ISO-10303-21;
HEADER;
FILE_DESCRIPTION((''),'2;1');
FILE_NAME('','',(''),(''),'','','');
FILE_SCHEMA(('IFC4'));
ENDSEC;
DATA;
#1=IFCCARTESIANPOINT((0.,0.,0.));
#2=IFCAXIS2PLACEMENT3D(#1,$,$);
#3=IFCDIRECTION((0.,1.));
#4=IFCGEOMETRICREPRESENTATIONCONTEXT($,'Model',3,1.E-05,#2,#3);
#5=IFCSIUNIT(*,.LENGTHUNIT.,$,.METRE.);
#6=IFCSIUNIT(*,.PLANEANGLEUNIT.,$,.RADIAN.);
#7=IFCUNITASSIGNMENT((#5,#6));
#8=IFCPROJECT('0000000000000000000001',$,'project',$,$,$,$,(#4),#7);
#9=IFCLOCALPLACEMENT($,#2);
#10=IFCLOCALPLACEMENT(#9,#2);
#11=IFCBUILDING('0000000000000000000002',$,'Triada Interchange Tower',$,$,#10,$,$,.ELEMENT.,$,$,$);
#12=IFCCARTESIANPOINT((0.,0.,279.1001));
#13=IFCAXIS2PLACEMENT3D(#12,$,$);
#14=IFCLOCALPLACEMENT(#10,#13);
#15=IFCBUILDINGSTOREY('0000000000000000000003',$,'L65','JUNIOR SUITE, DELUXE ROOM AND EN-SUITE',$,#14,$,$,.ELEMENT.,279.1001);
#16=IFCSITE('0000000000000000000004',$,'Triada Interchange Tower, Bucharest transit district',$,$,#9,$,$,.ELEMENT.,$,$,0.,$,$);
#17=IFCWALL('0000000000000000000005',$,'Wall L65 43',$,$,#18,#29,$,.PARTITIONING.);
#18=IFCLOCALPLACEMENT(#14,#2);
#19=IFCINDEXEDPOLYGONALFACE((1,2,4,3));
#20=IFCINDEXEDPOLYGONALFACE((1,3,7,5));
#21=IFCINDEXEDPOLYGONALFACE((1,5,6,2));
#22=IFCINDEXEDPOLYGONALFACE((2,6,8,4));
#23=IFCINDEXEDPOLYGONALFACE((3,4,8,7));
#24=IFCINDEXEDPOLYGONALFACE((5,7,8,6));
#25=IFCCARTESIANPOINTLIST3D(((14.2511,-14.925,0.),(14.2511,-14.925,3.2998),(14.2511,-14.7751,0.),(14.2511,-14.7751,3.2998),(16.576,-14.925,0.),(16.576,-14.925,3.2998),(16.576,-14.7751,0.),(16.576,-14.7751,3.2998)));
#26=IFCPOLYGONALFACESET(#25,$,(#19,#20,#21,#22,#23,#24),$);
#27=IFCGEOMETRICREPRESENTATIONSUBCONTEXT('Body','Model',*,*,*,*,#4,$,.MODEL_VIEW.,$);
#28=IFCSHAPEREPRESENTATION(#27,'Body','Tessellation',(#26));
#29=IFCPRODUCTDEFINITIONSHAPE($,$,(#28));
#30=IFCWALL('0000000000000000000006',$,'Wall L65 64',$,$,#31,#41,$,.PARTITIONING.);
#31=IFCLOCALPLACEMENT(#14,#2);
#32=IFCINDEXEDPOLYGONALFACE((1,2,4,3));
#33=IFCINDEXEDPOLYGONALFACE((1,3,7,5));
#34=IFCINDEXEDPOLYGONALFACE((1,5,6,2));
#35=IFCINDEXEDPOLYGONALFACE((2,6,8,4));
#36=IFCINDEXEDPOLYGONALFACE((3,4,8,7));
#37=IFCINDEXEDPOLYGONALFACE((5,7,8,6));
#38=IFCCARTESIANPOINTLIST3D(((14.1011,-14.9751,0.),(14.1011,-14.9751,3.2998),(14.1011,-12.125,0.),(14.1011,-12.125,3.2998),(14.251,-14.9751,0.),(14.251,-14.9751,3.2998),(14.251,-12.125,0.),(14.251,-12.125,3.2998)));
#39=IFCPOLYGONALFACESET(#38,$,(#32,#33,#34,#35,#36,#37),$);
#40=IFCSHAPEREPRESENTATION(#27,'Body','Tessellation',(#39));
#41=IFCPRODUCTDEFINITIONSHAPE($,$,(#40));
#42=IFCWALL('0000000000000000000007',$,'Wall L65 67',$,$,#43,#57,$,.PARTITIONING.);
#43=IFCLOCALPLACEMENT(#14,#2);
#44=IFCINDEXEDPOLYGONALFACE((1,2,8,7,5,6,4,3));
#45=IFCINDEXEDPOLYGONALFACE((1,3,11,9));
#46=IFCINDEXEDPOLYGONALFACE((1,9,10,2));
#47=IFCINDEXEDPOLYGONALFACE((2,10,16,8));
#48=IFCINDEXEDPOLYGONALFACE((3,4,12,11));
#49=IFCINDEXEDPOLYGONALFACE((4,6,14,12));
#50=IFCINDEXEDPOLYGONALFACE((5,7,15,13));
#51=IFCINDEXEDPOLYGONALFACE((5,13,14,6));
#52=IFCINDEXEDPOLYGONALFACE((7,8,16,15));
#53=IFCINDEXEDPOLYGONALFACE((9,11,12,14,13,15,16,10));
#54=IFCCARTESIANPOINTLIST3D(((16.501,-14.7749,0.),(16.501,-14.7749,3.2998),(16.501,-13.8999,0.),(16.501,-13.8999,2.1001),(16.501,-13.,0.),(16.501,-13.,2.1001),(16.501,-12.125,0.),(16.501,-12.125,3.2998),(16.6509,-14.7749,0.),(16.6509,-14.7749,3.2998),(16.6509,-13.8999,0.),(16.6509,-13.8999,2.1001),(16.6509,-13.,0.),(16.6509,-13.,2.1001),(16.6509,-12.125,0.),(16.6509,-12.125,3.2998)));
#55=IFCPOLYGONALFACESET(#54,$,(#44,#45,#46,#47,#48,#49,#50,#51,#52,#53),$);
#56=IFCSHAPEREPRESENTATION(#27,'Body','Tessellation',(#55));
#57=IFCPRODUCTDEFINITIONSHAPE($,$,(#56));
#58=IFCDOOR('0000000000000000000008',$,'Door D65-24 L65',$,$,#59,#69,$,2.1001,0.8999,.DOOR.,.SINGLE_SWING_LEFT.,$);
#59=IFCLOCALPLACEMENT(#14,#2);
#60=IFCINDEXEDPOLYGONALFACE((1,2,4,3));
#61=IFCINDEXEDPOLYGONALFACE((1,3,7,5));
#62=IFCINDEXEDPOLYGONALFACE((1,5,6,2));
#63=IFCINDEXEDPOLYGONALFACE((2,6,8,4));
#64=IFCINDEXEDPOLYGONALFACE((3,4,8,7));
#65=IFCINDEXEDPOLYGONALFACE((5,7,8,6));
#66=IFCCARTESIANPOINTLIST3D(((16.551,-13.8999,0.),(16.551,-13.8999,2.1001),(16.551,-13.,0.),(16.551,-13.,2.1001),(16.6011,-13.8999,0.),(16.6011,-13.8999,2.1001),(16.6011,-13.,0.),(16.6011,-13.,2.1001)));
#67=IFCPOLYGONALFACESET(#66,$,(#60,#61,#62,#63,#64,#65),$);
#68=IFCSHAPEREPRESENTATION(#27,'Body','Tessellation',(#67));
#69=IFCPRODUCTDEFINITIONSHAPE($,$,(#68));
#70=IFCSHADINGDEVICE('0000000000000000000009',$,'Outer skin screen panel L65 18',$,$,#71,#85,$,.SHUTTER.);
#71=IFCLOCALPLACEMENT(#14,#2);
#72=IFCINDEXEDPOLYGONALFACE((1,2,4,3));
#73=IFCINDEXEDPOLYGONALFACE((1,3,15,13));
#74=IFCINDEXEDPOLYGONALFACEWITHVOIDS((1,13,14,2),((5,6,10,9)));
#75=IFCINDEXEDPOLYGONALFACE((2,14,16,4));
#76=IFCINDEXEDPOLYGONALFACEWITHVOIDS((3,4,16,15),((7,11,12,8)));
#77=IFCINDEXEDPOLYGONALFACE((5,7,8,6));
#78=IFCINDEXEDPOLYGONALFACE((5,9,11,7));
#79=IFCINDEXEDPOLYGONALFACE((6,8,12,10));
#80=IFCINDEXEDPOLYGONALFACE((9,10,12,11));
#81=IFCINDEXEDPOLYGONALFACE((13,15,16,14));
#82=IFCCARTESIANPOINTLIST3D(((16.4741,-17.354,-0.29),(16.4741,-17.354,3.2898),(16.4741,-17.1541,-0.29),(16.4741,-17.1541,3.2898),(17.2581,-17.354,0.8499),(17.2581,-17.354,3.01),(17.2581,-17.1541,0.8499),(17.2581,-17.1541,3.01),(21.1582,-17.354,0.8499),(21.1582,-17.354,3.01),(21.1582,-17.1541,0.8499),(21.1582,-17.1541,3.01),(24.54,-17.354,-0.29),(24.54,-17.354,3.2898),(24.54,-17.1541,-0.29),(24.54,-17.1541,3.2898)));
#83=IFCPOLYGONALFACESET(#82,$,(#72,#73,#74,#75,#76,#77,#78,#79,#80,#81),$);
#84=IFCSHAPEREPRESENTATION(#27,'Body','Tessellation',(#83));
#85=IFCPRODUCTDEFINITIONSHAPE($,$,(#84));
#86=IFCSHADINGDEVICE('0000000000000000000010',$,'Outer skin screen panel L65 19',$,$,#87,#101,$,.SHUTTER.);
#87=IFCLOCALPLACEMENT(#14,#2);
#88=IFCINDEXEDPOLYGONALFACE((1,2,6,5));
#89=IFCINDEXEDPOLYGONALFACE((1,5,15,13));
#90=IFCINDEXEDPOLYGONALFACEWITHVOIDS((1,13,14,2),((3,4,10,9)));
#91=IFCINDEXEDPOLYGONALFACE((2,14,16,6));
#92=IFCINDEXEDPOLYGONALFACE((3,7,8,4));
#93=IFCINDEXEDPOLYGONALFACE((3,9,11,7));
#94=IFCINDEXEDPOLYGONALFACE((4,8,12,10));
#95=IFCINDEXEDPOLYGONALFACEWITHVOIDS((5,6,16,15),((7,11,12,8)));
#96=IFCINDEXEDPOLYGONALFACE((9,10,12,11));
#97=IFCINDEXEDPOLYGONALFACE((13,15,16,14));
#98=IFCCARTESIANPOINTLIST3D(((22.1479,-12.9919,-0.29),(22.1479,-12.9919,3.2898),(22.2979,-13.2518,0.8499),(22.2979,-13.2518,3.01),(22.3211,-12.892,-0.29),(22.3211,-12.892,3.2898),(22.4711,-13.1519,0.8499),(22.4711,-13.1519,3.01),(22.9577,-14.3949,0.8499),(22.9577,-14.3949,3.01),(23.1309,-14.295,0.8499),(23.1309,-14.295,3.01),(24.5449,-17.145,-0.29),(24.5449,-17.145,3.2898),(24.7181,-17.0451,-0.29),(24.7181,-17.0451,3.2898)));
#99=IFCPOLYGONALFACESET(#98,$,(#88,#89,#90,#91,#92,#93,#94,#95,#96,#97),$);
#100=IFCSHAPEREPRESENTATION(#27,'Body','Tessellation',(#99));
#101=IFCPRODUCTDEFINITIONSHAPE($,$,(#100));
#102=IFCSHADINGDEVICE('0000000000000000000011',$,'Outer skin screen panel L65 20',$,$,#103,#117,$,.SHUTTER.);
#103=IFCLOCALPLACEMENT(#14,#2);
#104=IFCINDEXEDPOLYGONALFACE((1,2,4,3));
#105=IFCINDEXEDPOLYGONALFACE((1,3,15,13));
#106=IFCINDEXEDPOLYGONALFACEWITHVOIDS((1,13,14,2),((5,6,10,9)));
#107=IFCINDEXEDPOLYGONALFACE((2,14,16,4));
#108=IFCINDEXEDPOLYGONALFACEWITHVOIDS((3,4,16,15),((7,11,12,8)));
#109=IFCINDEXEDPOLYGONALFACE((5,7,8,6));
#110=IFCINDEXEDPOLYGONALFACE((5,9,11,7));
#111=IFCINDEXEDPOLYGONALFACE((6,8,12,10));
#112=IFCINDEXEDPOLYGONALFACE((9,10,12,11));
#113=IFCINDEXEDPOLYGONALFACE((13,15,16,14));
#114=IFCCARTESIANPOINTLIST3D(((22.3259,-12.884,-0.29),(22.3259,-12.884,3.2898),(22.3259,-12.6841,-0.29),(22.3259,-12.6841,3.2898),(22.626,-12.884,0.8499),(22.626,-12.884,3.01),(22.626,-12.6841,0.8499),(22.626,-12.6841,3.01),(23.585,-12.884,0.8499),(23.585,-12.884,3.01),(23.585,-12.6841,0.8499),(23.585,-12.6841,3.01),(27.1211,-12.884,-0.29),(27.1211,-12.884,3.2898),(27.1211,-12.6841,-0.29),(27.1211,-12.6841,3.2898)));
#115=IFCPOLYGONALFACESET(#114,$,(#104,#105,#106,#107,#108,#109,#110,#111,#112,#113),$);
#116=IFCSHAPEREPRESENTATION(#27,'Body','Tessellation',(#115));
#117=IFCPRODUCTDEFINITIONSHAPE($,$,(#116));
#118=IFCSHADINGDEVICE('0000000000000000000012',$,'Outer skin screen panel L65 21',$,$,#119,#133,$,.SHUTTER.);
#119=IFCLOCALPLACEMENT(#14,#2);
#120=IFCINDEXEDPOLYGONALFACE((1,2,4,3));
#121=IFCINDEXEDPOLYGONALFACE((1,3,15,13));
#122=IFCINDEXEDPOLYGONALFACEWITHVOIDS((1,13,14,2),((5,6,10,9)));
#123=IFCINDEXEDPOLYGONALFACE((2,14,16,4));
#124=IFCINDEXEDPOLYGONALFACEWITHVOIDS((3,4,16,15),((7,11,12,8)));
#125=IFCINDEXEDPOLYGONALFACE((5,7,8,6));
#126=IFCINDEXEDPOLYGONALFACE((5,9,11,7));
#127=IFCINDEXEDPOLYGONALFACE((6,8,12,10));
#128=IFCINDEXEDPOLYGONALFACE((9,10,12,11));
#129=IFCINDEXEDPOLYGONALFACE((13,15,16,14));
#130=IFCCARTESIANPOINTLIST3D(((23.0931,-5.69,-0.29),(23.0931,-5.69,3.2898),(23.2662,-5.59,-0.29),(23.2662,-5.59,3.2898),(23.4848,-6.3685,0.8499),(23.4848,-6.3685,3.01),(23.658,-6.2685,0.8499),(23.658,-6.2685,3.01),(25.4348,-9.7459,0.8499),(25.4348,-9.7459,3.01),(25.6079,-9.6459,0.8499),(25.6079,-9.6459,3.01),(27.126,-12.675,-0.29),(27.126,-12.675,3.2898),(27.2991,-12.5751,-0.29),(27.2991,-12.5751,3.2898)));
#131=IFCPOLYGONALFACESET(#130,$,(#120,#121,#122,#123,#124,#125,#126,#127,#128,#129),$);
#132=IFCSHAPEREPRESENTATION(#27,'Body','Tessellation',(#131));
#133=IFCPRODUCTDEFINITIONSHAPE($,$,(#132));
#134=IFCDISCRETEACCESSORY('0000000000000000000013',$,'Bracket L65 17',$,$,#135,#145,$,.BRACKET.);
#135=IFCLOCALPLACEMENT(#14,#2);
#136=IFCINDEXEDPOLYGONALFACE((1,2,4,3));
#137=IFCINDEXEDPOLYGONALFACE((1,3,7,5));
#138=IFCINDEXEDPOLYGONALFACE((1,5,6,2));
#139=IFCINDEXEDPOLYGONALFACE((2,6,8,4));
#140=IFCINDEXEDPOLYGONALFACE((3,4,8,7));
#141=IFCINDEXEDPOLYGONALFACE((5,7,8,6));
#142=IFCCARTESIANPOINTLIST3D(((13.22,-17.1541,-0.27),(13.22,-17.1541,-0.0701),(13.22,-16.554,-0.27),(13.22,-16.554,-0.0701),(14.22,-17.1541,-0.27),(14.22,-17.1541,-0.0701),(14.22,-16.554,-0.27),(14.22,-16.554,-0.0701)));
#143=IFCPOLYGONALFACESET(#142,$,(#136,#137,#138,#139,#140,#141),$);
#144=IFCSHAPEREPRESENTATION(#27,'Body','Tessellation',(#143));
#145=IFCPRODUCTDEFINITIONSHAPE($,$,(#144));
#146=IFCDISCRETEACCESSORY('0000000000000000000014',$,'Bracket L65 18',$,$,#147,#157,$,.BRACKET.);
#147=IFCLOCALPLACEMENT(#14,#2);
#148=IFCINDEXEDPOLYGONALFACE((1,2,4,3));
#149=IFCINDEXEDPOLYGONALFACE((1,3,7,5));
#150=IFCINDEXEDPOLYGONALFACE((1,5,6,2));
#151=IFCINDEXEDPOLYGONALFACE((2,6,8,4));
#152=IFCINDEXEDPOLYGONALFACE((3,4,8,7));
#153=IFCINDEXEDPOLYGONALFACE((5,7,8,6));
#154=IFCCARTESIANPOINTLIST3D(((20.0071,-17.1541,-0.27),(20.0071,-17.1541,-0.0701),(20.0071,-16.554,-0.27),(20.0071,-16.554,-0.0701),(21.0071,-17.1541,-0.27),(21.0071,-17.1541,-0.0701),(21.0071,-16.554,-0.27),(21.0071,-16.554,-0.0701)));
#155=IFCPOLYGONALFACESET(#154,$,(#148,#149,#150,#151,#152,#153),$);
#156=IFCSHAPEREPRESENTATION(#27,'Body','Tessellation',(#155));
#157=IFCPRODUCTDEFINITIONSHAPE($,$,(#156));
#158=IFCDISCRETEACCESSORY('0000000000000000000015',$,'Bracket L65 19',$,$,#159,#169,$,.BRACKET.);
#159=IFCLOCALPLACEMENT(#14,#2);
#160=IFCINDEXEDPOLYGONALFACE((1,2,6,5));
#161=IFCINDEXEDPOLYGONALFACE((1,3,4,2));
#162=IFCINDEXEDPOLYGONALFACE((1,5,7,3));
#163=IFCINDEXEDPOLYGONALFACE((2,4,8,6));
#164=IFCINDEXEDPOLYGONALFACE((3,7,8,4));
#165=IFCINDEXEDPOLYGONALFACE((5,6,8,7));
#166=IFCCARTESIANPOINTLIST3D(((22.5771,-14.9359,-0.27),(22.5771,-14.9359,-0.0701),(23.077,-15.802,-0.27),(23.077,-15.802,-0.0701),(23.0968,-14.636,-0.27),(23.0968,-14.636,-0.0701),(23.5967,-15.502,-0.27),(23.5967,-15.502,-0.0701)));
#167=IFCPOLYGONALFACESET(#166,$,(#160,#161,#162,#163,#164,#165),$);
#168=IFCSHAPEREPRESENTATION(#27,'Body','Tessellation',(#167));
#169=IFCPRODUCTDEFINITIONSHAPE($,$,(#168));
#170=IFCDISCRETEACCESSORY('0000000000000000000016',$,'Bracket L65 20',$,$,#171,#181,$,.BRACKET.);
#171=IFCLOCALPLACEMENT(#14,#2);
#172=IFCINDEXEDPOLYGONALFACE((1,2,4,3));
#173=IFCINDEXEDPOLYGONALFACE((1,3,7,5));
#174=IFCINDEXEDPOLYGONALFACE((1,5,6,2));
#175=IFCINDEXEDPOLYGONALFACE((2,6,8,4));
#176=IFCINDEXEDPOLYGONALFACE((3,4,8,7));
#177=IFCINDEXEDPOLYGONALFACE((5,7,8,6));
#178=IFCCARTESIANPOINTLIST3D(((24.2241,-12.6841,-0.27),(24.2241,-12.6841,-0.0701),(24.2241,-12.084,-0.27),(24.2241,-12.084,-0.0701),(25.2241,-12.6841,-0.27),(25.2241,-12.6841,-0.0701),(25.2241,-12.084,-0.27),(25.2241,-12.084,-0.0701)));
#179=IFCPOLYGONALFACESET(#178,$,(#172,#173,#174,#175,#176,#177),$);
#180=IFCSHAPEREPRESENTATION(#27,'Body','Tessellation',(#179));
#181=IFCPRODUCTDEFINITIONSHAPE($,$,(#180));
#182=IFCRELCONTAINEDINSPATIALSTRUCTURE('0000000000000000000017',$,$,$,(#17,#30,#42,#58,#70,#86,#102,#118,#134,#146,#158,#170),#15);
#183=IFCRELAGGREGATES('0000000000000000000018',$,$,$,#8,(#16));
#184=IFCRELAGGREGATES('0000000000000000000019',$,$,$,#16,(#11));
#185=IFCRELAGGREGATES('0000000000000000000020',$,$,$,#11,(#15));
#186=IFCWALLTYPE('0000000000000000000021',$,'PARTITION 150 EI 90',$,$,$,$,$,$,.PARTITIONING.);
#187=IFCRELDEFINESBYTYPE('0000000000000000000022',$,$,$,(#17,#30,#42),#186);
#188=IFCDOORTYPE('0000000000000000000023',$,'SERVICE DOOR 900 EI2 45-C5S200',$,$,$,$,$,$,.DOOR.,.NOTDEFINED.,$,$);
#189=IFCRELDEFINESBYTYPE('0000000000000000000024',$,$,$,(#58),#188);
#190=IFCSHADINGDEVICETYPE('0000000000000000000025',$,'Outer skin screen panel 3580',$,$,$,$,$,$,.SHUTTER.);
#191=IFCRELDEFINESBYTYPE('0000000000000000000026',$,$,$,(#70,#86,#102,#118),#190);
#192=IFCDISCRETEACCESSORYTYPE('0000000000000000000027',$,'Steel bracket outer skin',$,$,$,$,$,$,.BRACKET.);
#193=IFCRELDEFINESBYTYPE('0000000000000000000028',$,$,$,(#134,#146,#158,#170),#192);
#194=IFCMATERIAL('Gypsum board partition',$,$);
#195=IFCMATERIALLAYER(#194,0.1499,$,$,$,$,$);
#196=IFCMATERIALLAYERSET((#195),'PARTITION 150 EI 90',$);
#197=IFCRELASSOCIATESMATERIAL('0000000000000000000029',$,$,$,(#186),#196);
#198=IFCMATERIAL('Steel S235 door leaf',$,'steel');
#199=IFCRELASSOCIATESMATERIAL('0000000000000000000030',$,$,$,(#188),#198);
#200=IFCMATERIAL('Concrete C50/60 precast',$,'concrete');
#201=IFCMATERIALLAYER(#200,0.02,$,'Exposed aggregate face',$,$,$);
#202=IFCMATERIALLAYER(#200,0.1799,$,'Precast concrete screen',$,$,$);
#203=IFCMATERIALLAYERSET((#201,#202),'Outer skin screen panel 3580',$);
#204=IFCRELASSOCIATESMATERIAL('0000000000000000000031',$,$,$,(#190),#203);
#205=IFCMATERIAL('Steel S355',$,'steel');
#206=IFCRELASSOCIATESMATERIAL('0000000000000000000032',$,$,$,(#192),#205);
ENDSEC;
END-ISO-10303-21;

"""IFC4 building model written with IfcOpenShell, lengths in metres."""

from ifc_helpers import new_model, si_unit, direction, frame, frame_2d, origin, origin_2d, place, context, subcontext, project, spatial, polyline, rectangle, outline, extrude, material, layer, layer_set, type_object, element, fill, save


model = new_model("IFC4")

# Units and contexts
model_context = context("Model", 3, precision=1e-05, world=origin(), true_north=direction((0.0, 1.0)))
body_context = subcontext(model_context, "Body", "Model", "MODEL_VIEW")
ifc_project = project(units=[si_unit("LENGTHUNIT", "METRE"), si_unit("PLANEANGLEUNIT", "RADIAN")], contexts=[model_context])

# Site, building, storey
site_placement = place(None, origin())
site = spatial("IfcSite", under=ifc_project, at=site_placement, Name="Triada Interchange Tower, Bucharest transit district", CompositionType="ELEMENT", RefElevation=0.0)
building_placement = place(site_placement, origin())
building = spatial("IfcBuilding", under=site, at=building_placement, Name="Triada Interchange Tower", CompositionType="ELEMENT")
storey_placement = place(building_placement, frame((0.0, 0.0, 279.1001)))
storey = spatial("IfcBuildingStorey", under=building, at=storey_placement, Name="L65", Description="JUNIOR SUITE, DELUXE ROOM AND EN-SUITE", CompositionType="ELEMENT", Elevation=279.1001)

# Walls
ifc_material_1 = material(Name="Gypsum board partition")
ifc_layer_1 = layer(ifc_material_1, 0.1499)
ifc_layer_set_1 = layer_set([ifc_layer_1], Name="PARTITION 150 EI 90")
wall_type_1 = type_object("IfcWallType", Name="PARTITION 150 EI 90", PredefinedType="PARTITIONING", material=ifc_layer_set_1)
wall_1_placement = place(storey_placement, frame((14.251, -14.8501, 0.0), z_axis=(0.0, 0.0, 1.0), x_axis=(1.0, 0.0, 0.0)))
element("IfcWall", 1, at=wall_1_placement, inside=storey, type_object=wall_type_1, Name="Wall L65 43", PredefinedType="PARTITIONING", context=body_context, shape_type="SweptSolid", body=[
    extrude(rectangle(XDim=2.325, YDim=0.1499, at=frame_2d((1.1626, 0.0))), origin(), (0.0, 0.0, 1.0), 3.2998),
])
wall_2_placement = place(storey_placement, frame((14.176, -14.9751, 0.0), z_axis=(0.0, 0.0, 1.0), x_axis=(0.0, 1.0, 0.0)))
element("IfcWall", 2, at=wall_2_placement, inside=storey, type_object=wall_type_1, Name="Wall L65 64", PredefinedType="PARTITIONING", context=body_context, shape_type="SweptSolid", body=[
    extrude(rectangle(XDim=2.8501, YDim=0.1499, at=frame_2d((1.425, 0.0))), origin(), (0.0, 0.0, 1.0), 3.2998),
])

# Wall, opening, door
wall_3_placement = place(storey_placement, frame((16.5759, -14.7749, 0.0), z_axis=(0.0, 0.0, 1.0), x_axis=(0.0, 1.0, 0.0)))
wall_3 = element("IfcWall", 3, at=wall_3_placement, inside=storey, type_object=wall_type_1, Name="Wall L65 67", PredefinedType="PARTITIONING", context=body_context, shape_type="SweptSolid", body=[
    extrude(rectangle(XDim=2.6499, YDim=0.1499, at=frame_2d((1.325, 0.0))), origin(), (0.0, 0.0, 1.0), 3.2998),
])
opening_1_placement = place(wall_3_placement, frame((0.875, 0.0, 0.0)))
opening_1 = element("IfcOpeningElement", 4, at=opening_1_placement, cuts=wall_3, PredefinedType="OPENING", context=body_context, shape_type="SweptSolid", body=[
    extrude(rectangle(XDim=0.8999, YDim=2.1001, at=frame_2d((0.45, 1.05))), frame((0.0, 0.085, 0.0), z_axis=(0.0, -1.0, 0.0), x_axis=(1.0, 0.0, 0.0)), (0.0, 0.0, 1.0), 0.1699),
])
ifc_material_2 = material(Name="Steel S235 door leaf", Category="steel")
door_type = type_object("IfcDoorType", Name="SERVICE DOOR 900 EI2 45-C5S200", OperationType="NOTDEFINED", PredefinedType="DOOR", material=ifc_material_2)
door_placement = place(opening_1_placement, origin())
door = element("IfcDoor", 5, at=door_placement, inside=storey, type_object=door_type, Name="Door D65-24 L65", OperationType="SINGLE_SWING_LEFT", OverallHeight=2.1001, OverallWidth=0.8999, PredefinedType="DOOR", context=body_context, shape_type="SweptSolid", body=[
    extrude(rectangle(XDim=0.8999, YDim=2.1001, at=frame_2d((0.45, 1.05))), frame((0.0, 0.0249, 0.0), z_axis=(0.0, -1.0, 0.0), x_axis=(1.0, 0.0, 0.0)), (0.0, 0.0, 1.0), 0.05),
])
fill(opening_1, door)

# Shading devices
ifc_material_3 = material(Name="Concrete C50/60 precast", Category="concrete")
ifc_layer_2 = layer(ifc_material_3, 0.02, Name="Exposed aggregate face")
ifc_layer_3 = layer(ifc_material_3, 0.1799, Name="Precast concrete screen")
ifc_layer_set_2 = layer_set([ifc_layer_2, ifc_layer_3], Name="Outer skin screen panel 3580")
shading_device_type = type_object("IfcShadingDeviceType", Name="Outer skin screen panel 3580", PredefinedType="SHUTTER", material=ifc_layer_set_2)
shading_device_1_placement = place(storey_placement, frame((16.4741, -17.1541, -0.29), z_axis=(0.0, 0.0, 1.0), x_axis=(1.0, 0.0, 0.0)))
element("IfcShadingDevice", 6, at=shading_device_1_placement, inside=storey, type_object=shading_device_type, Name="Outer skin screen panel L65 18", PredefinedType="SHUTTER", context=body_context, shape_type="SweptSolid", body=[
    extrude(outline(polyline([(0.0, 0.0), (8.0659, 0.0), (8.0659, 3.5798), (0.0, 3.5798), (0.0, 0.0)]), holes=[polyline([(0.7839, 1.1399), (0.7839, 3.3), (4.6841, 3.3), (4.6841, 1.1399), (0.7839, 1.1399)])]), frame((0.0, 0.0, 0.0), z_axis=(0.0, -1.0, 0.0), x_axis=(1.0, 0.0, 0.0)), (0.0, 0.0, 1.0), 0.2),
])
shading_device_2_placement = place(storey_placement, frame((24.5449, -17.145, -0.29), z_axis=(0.0, 0.0, 1.0), x_axis=(-0.499874, 0.866098, 0.0)))
element("IfcShadingDevice", 7, at=shading_device_2_placement, inside=storey, type_object=shading_device_type, Name="Outer skin screen panel L65 19", PredefinedType="SHUTTER", context=body_context, shape_type="SweptSolid", body=[
    extrude(outline(polyline([(0.0, 0.0), (4.7952, 0.0), (4.7952, 3.5798), (0.0, 3.5798), (0.0, 0.0)]), holes=[polyline([(3.1753, 1.1399), (3.1753, 3.3), (4.4951, 3.3), (4.4951, 1.1399), (3.1753, 1.1399)])]), frame((0.0, 0.0, 0.0), z_axis=(0.0, -1.0, 0.0), x_axis=(1.0, 0.0, 0.0)), (0.0, 0.0, 1.0), 0.2),
])
shading_device_3_placement = place(storey_placement, frame((22.3259, -12.6841, -0.29), z_axis=(0.0, 0.0, 1.0), x_axis=(1.0, 0.0, 0.0)))
element("IfcShadingDevice", 8, at=shading_device_3_placement, inside=storey, type_object=shading_device_type, Name="Outer skin screen panel L65 20", PredefinedType="SHUTTER", context=body_context, shape_type="SweptSolid", body=[
    extrude(outline(polyline([(0.0, 0.0), (4.7952, 0.0), (4.7952, 3.5798), (0.0, 3.5798), (0.0, 0.0)]), holes=[polyline([(0.3, 1.1399), (0.3, 3.3), (1.259, 3.3), (1.259, 1.1399), (0.3, 1.1399)])]), frame((0.0, 0.0, 0.0), z_axis=(0.0, -1.0, 0.0), x_axis=(1.0, 0.0, 0.0)), (0.0, 0.0, 1.0), 0.2),
])
shading_device_4_placement = place(storey_placement, frame((27.126, -12.675, -0.29), z_axis=(0.0, 0.0, 1.0), x_axis=(-0.50001, 0.86602, 0.0)))
element("IfcShadingDevice", 9, at=shading_device_4_placement, inside=storey, type_object=shading_device_type, Name="Outer skin screen panel L65 21", PredefinedType="SHUTTER", context=body_context, shape_type="SweptSolid", body=[
    extrude(outline(polyline([(0.0, 0.0), (8.0657, 0.0), (8.0657, 3.5798), (0.0, 3.5798), (0.0, 0.0)]), holes=[polyline([(3.3823, 1.1399), (3.3823, 3.3), (7.2822, 3.3), (7.2822, 1.1399), (3.3823, 1.1399)])]), frame((0.0, 0.0, 0.0), z_axis=(0.0, -1.0, 0.0), x_axis=(1.0, 0.0, 0.0)), (0.0, 0.0, 1.0), 0.2),
])

# Discrete accessories
ifc_material_4 = material(Name="Steel S355", Category="steel")
discrete_accessory_type = type_object("IfcDiscreteAccessoryType", Name="Steel bracket outer skin", PredefinedType="BRACKET", material=ifc_material_4)
for number, where, z_axis, x_axis, name in (
    (10, (13.72, -16.854, -0.27), (0.0, 0.0, 1.0), (0.0, -1.0, 0.0), "Bracket L65 17"),
    (11, (20.5071, -16.854, -0.27), (0.0, 0.0, 1.0), (0.0, -1.0, 0.0), "Bracket L65 18"),
    (12, (23.0869, -15.219, -0.27), (0.0, 0.0, 1.0), (0.866089, 0.49989, 0.0), "Bracket L65 19"),
    (13, (24.7241, -12.384, -0.27), (0.0, 0.0, 1.0), (0.0, -1.0, 0.0), "Bracket L65 20"),
):
    element("IfcDiscreteAccessory", number, at=place(storey_placement, frame(where, z_axis=z_axis, x_axis=x_axis)), inside=storey, type_object=discrete_accessory_type, Name=name, PredefinedType="BRACKET", context=body_context, shape_type="SweptSolid", body=[
        extrude(rectangle(XDim=0.6001, YDim=1.0, at=origin_2d()), origin(), (0.0, 0.0, 1.0), 0.2),
    ])

save(model, "model.ifc")
